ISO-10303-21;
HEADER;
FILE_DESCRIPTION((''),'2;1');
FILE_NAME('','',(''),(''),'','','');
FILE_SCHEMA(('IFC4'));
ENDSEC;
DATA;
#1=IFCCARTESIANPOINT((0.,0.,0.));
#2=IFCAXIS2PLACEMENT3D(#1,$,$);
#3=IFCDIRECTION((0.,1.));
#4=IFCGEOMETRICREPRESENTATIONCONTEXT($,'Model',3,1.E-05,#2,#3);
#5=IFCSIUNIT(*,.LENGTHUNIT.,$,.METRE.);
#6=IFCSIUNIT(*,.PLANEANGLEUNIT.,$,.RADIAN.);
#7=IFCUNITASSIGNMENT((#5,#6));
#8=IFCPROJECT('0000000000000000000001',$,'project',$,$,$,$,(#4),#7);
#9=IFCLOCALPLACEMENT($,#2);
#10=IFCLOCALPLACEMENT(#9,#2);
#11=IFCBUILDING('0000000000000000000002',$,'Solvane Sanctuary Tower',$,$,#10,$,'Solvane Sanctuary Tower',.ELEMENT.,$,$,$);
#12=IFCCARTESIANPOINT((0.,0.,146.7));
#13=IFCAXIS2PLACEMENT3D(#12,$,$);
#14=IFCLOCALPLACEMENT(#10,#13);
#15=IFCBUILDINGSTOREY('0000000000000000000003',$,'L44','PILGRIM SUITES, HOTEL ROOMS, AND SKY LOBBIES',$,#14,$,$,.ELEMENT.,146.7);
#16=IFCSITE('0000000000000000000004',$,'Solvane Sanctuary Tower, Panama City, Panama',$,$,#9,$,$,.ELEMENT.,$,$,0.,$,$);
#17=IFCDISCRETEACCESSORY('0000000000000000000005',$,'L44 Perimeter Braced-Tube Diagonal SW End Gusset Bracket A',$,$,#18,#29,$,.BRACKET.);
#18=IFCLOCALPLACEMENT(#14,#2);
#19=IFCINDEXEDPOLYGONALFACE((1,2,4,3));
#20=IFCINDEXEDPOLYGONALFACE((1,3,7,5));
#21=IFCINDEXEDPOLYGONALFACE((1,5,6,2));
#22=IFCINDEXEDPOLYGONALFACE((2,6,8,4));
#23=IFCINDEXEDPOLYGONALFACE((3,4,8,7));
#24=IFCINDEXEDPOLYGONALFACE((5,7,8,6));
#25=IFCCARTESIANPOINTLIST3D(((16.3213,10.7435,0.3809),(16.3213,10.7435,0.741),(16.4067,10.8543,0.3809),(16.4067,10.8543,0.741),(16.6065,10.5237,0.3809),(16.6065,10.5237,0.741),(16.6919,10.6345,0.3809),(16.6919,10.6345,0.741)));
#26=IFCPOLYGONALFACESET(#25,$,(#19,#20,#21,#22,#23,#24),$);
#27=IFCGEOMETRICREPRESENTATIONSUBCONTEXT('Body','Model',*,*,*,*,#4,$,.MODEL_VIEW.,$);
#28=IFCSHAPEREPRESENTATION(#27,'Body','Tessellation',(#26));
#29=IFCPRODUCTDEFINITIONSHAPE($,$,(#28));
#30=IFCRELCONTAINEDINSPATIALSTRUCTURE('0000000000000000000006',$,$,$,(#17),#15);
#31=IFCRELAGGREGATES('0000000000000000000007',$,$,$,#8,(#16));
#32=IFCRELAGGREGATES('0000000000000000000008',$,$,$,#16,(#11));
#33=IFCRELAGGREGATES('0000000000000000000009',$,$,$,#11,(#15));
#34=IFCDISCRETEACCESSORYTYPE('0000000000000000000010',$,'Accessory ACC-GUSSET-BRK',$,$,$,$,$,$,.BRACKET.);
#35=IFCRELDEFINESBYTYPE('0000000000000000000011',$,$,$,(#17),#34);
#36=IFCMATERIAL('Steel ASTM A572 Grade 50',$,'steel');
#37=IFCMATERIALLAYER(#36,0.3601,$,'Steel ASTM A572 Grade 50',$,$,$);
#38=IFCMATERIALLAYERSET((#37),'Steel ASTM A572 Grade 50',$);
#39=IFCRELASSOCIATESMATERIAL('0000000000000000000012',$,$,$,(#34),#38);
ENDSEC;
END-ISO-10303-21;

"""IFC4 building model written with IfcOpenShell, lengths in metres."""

from ifc_helpers import new_model, si_unit, direction, frame, origin, origin_2d, place, context, subcontext, project, spatial, rectangle, extrude, material, layer, layer_set, type_object, element, save


model = new_model("IFC4")

# Units and contexts
model_context = context("Model", 3, precision=1e-05, world=origin(), true_north=direction((0.0, 1.0)))
body_context = subcontext(model_context, "Body", "Model", "MODEL_VIEW")
ifc_project = project(units=[si_unit("LENGTHUNIT", "METRE"), si_unit("PLANEANGLEUNIT", "RADIAN")], contexts=[model_context])

# Site, building, storey
site_placement = place(None, origin())
site = spatial("IfcSite", under=ifc_project, at=site_placement, Name="Solvane Sanctuary Tower, Panama City, Panama", CompositionType="ELEMENT", RefElevation=0.0)
building_placement = place(site_placement, origin())
building = spatial("IfcBuilding", under=site, at=building_placement, Name="Solvane Sanctuary Tower", LongName="Solvane Sanctuary Tower", CompositionType="ELEMENT")
storey_placement = place(building_placement, frame((0.0, 0.0, 146.7)))
storey = spatial("IfcBuildingStorey", under=building, at=storey_placement, Name="L44", Description="PILGRIM SUITES, HOTEL ROOMS, AND SKY LOBBIES", CompositionType="ELEMENT", Elevation=146.7)

# Discrete accessory
ifc_material_1 = material(Name="Steel ASTM A572 Grade 50", Category="steel")
ifc_layer_1 = layer(ifc_material_1, 0.3601, Name="Steel ASTM A572 Grade 50")
ifc_layer_set_1 = layer_set([ifc_layer_1], Name="Steel ASTM A572 Grade 50")
discrete_accessory_type = type_object("IfcDiscreteAccessoryType", Name="Accessory ACC-GUSSET-BRK", PredefinedType="BRACKET", material=ifc_layer_set_1)
discrete_accessory_placement = place(storey_placement, frame((16.5066, 10.689, 0.3809), z_axis=(0.0, 0.0, 1.0), x_axis=(0.792077, -0.610422, 0.0)))
element("IfcDiscreteAccessory", 1, at=discrete_accessory_placement, inside=storey, type_object=discrete_accessory_type, Name="L44 Perimeter Braced-Tube Diagonal SW End Gusset Bracket A", PredefinedType="BRACKET", context=body_context, shape_type="SweptSolid", body=[
    extrude(rectangle(XDim=0.3601, YDim=0.1399, at=origin_2d()), origin(), (0.0, 0.0, 1.0), 0.3601),
])

save(model, "model.ifc")
